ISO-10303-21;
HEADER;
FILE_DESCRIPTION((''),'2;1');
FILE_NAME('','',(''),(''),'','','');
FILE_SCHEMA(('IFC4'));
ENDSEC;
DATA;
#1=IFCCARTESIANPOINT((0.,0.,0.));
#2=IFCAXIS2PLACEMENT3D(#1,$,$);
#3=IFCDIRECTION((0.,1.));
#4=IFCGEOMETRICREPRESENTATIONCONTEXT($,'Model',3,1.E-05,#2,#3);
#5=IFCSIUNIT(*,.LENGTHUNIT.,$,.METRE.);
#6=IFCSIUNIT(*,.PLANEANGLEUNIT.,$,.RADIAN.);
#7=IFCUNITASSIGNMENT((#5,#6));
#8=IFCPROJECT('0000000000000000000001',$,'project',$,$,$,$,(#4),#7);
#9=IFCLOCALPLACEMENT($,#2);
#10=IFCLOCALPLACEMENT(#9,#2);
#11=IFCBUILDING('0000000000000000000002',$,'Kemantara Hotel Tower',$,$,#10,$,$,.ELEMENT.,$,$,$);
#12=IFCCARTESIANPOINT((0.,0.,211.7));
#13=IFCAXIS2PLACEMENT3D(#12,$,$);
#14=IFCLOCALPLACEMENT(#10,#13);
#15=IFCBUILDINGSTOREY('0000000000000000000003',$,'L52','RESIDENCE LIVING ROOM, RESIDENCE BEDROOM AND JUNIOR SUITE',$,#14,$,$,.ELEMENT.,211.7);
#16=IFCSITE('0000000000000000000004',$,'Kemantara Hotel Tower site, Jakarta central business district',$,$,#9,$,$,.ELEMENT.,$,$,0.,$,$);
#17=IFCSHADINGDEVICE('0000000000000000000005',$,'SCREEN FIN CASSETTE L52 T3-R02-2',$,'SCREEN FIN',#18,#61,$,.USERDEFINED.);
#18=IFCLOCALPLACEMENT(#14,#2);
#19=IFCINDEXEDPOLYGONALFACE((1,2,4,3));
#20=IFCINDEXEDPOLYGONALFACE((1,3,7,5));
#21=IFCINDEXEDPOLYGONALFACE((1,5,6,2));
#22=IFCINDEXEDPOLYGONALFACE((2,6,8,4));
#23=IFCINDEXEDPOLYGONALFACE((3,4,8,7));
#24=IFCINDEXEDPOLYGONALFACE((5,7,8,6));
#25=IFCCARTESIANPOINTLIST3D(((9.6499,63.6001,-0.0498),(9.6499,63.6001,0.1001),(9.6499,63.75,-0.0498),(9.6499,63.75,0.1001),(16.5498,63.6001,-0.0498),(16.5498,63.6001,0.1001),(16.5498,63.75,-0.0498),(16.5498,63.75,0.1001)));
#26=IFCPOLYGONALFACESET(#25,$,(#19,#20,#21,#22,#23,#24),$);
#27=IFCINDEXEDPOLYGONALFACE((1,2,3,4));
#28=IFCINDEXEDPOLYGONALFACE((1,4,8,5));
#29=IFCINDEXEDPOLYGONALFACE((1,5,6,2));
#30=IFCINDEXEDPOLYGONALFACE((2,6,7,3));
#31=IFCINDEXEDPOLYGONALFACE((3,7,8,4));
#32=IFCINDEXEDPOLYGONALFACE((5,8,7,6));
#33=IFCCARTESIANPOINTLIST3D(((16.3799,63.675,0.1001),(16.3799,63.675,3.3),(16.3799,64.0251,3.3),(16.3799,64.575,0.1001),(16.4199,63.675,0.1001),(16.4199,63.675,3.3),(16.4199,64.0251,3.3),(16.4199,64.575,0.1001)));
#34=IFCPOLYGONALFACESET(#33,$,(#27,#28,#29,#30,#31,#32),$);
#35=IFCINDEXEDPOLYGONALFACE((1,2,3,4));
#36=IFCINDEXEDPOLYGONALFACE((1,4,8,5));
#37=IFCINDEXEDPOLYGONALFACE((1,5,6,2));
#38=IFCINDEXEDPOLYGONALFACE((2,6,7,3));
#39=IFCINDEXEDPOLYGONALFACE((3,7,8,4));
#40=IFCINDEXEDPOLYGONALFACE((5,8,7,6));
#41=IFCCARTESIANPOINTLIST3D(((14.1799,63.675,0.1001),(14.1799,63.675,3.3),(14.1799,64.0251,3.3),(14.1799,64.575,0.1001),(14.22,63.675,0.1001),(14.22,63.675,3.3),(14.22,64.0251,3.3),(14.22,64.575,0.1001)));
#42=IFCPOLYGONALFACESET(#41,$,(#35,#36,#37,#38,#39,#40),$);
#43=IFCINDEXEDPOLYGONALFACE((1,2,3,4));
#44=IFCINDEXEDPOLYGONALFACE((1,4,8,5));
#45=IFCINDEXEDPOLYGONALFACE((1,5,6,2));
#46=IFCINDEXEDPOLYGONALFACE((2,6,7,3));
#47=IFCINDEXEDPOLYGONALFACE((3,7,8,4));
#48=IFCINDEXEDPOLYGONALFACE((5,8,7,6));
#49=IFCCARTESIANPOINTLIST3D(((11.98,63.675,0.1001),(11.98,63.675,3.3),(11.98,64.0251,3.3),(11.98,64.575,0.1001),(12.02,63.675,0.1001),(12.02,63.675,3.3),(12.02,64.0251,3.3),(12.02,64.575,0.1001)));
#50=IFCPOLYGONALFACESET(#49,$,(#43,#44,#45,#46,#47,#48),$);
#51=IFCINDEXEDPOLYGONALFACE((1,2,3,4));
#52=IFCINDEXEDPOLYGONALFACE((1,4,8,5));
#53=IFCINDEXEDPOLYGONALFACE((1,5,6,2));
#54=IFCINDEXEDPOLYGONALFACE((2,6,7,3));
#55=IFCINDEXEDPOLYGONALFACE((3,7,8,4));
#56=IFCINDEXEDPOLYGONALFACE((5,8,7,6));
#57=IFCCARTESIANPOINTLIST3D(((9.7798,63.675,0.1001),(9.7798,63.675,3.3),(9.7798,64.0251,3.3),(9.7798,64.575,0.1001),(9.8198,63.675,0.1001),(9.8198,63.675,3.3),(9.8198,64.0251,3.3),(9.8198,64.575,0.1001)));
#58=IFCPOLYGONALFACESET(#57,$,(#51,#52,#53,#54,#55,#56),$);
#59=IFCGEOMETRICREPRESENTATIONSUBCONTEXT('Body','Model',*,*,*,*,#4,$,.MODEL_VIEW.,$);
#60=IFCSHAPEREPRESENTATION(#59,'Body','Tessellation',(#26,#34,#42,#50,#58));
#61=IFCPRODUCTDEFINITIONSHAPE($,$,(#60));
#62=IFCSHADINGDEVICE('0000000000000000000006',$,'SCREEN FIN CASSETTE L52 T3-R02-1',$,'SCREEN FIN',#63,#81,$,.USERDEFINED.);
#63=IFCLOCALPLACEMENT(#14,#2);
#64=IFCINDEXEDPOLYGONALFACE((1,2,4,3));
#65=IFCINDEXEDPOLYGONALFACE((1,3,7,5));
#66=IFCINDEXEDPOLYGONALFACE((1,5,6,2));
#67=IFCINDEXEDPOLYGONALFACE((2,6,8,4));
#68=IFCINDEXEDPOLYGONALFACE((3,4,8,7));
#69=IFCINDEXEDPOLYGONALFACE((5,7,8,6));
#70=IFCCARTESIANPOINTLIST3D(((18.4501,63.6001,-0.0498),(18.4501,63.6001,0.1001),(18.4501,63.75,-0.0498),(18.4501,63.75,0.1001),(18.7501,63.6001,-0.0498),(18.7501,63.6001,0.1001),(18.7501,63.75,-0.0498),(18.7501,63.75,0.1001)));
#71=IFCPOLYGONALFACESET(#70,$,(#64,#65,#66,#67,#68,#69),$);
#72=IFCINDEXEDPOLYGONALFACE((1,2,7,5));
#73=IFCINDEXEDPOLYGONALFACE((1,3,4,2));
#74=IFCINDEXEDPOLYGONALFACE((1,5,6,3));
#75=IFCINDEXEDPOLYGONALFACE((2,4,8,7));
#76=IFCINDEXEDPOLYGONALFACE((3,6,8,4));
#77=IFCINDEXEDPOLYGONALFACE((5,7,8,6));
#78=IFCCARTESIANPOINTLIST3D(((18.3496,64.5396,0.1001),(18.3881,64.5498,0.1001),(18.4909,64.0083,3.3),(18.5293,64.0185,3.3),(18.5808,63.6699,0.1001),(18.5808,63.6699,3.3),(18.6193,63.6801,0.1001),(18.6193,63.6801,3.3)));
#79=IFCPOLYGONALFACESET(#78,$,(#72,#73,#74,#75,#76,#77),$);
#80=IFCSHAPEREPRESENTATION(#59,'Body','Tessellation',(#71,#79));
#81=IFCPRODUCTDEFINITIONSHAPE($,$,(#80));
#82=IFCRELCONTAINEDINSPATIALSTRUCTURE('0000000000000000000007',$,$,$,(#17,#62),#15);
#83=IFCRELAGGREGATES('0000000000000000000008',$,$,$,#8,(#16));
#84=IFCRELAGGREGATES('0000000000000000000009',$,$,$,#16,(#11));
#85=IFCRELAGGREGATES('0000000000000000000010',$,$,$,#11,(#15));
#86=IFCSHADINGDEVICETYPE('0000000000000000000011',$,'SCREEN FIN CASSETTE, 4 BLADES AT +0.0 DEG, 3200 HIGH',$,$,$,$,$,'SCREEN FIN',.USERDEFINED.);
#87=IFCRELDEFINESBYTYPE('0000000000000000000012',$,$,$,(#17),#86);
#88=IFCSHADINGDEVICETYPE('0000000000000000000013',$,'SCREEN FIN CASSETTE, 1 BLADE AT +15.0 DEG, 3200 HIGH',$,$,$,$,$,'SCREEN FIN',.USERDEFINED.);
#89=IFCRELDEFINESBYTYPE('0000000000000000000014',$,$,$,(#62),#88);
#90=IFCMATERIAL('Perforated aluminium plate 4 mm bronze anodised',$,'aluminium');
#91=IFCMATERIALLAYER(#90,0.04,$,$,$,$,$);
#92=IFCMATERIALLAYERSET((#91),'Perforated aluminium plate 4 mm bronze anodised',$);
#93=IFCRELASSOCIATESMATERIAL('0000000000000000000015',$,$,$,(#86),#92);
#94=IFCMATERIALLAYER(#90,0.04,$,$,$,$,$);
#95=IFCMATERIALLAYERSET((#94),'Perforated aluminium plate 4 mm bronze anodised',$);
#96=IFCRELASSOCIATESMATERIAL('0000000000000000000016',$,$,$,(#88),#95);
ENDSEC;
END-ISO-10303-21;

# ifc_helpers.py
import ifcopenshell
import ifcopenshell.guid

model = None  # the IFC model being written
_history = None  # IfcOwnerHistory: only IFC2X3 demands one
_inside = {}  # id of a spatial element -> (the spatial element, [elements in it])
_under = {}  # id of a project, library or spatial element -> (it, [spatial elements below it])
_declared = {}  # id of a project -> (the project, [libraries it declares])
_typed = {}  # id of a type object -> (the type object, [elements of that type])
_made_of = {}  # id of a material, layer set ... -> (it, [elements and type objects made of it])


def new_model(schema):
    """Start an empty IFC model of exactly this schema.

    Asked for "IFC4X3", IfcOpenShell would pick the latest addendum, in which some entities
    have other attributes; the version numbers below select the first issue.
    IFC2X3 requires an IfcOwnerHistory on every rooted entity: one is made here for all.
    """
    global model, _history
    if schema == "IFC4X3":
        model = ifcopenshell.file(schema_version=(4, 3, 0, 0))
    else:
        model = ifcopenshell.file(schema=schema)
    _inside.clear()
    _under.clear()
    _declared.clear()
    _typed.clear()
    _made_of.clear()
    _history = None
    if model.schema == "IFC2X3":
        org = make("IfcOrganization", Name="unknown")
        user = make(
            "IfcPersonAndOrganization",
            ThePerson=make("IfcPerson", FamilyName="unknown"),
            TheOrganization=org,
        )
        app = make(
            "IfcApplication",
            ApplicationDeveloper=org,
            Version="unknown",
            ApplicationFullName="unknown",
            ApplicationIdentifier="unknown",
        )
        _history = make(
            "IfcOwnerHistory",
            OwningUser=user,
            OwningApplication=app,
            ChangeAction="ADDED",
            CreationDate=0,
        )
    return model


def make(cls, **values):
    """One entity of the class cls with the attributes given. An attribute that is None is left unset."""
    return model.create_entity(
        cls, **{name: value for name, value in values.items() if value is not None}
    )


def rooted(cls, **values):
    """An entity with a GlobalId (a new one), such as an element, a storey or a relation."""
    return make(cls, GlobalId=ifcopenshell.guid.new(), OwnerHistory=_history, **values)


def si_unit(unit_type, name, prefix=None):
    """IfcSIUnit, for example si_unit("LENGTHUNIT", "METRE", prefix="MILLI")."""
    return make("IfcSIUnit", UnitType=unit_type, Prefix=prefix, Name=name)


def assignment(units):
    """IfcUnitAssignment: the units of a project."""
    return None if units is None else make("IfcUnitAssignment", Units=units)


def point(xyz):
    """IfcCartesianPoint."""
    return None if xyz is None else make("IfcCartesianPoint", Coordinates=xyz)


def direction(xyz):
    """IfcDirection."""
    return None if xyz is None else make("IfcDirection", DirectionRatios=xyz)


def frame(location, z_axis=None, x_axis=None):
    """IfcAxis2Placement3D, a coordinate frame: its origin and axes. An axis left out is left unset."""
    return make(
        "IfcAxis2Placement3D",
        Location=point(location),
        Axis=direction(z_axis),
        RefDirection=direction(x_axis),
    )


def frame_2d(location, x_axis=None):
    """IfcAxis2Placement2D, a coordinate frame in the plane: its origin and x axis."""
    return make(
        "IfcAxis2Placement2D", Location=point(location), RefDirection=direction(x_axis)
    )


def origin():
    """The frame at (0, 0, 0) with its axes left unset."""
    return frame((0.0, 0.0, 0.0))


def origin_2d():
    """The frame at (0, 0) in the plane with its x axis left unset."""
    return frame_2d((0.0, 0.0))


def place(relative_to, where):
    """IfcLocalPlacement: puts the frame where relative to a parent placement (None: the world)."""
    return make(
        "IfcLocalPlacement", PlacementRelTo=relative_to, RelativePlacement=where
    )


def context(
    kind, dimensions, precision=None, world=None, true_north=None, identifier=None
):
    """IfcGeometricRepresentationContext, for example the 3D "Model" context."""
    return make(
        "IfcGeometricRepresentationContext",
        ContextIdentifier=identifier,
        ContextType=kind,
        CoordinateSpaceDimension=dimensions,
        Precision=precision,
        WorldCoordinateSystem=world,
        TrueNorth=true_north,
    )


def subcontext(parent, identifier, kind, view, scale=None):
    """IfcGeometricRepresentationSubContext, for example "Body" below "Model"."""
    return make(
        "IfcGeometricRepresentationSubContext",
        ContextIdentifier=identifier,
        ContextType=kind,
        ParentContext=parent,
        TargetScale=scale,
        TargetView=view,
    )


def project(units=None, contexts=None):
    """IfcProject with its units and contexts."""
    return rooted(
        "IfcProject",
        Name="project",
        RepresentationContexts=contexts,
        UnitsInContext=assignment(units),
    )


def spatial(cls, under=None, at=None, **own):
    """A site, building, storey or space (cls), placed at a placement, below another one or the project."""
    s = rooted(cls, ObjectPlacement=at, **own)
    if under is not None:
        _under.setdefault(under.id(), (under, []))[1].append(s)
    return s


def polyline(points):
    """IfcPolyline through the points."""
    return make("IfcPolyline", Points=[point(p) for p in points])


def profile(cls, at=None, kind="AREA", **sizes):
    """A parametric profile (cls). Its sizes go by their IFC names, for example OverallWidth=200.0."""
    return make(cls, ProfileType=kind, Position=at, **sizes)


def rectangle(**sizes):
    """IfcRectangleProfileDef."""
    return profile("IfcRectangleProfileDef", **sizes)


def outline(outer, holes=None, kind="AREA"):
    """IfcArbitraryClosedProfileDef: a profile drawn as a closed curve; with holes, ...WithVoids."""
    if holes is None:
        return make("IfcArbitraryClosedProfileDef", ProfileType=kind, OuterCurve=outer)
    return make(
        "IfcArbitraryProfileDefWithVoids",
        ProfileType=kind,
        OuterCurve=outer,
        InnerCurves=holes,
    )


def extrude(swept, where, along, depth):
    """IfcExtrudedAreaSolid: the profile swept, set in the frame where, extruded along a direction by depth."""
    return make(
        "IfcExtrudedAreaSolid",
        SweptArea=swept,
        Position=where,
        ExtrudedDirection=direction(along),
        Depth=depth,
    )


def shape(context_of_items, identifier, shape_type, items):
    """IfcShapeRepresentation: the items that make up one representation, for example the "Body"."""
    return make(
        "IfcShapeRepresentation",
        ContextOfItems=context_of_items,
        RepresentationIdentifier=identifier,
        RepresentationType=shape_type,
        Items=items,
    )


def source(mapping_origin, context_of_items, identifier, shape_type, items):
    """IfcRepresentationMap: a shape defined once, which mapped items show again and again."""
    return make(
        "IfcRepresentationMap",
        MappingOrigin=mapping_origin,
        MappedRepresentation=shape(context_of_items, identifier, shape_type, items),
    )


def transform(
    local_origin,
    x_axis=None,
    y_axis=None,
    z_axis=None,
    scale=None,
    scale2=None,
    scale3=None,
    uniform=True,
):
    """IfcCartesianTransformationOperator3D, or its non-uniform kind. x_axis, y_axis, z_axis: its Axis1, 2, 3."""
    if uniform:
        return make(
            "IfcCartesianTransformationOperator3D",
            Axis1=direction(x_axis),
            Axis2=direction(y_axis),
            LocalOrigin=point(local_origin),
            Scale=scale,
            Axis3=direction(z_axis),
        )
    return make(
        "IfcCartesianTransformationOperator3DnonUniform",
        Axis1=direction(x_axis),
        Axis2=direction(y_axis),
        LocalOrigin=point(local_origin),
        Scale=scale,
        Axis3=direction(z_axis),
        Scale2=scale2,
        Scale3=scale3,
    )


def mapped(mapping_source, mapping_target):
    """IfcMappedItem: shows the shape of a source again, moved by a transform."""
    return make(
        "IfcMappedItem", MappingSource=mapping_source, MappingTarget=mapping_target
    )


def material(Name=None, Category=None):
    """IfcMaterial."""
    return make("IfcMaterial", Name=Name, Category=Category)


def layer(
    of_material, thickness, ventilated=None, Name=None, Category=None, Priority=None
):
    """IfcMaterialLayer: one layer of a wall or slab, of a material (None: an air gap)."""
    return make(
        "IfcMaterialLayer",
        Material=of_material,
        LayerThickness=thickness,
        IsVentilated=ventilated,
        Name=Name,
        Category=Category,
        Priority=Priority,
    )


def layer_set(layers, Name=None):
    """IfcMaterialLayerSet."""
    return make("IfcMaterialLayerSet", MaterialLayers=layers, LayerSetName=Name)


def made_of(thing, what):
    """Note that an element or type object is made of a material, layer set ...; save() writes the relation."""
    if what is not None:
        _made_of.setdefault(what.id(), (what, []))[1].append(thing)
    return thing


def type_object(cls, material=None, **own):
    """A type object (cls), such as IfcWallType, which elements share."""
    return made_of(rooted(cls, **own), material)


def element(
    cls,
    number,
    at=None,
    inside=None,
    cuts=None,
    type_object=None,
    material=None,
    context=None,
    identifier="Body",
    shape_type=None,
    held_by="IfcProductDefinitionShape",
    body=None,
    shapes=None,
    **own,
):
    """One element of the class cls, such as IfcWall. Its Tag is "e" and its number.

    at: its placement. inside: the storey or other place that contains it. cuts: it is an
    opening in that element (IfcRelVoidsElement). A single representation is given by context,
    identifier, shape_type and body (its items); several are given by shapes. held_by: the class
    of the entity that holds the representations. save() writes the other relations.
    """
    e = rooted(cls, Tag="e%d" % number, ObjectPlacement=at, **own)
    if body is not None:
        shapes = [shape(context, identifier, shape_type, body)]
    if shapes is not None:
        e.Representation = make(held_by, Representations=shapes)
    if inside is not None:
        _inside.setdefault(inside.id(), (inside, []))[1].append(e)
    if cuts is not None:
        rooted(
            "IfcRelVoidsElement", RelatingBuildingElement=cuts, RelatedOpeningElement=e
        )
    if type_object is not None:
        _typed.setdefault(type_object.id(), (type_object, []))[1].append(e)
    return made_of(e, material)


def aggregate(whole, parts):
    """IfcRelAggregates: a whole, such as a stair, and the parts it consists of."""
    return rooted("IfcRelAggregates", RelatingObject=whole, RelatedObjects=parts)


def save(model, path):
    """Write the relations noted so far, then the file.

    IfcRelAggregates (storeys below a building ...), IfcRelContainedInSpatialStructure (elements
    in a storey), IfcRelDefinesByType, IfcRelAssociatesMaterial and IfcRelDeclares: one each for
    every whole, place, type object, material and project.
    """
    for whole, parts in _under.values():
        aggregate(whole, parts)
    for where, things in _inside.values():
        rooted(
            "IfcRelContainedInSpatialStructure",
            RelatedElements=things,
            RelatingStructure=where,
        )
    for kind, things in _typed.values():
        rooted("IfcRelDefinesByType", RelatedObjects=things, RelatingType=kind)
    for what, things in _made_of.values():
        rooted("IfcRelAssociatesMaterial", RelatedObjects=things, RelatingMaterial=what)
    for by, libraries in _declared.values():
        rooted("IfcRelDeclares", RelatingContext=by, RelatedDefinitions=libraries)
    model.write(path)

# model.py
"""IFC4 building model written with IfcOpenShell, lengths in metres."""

from ifc_helpers import new_model, si_unit, direction, frame, origin, origin_2d, place, context, subcontext, project, spatial, polyline, rectangle, outline, extrude, source, transform, mapped, material, layer, layer_set, type_object, element, save


model = new_model("IFC4")

# Units and contexts
model_context = context("Model", 3, precision=1e-05, world=origin(), true_north=direction((0.0, 1.0)))
body_context = subcontext(model_context, "Body", "Model", "MODEL_VIEW")
ifc_project = project(units=[si_unit("LENGTHUNIT", "METRE"), si_unit("PLANEANGLEUNIT", "RADIAN")], contexts=[model_context])

# Site, building, storey
site_placement = place(None, origin())
site = spatial("IfcSite", under=ifc_project, at=site_placement, Name="Kemantara Hotel Tower site, Jakarta central business district", CompositionType="ELEMENT", RefElevation=0.0)
building_placement = place(site_placement, origin())
building = spatial("IfcBuilding", under=site, at=building_placement, Name="Kemantara Hotel Tower", CompositionType="ELEMENT")
storey_placement = place(building_placement, frame((0.0, 0.0, 211.7)))
storey = spatial("IfcBuildingStorey", under=building, at=storey_placement, Name="L52", Description="RESIDENCE LIVING ROOM, RESIDENCE BEDROOM AND JUNIOR SUITE", CompositionType="ELEMENT", Elevation=211.7)

# Shading devices
ifc_material_1 = material(Name="Perforated aluminium plate 4 mm bronze anodised", Category="aluminium")
ifc_layer_1 = layer(ifc_material_1, 0.04)
ifc_layer_set_1 = layer_set([ifc_layer_1], Name="Perforated aluminium plate 4 mm bronze anodised")
shading_device_type_1 = type_object("IfcShadingDeviceType", Name="SCREEN FIN CASSETTE, 4 BLADES AT +0.0 DEG, 3200 HIGH", ElementType="SCREEN FIN", PredefinedType="USERDEFINED", material=ifc_layer_set_1)
shared_shape_1 = source(origin(), body_context, "Body", "SweptSolid", [
    extrude(rectangle(XDim=6.8999, YDim=0.1499, at=origin_2d()), frame((3.3, -0.075, -0.1499), z_axis=(0.0, 0.0, 1.0), x_axis=(1.0, 0.0, 0.0)), (0.0, 0.0, 1.0), 0.1499),
    extrude(outline(polyline([(0.0, 0.0), (0.8999, 0.0), (0.3501, 3.2), (0.0, 3.2), (0.0, 0.0)])), frame((0.02, -0.075, 0.0), z_axis=(-1.0, 0.0, 0.0), x_axis=(0.0, -1.0, 0.0)), (0.0, 0.0, 1.0), 0.04),
    extrude(outline(polyline([(0.0, 0.0), (0.8999, 0.0), (0.3501, 3.2), (0.0, 3.2), (0.0, 0.0)])), frame((2.22, -0.075, 0.0), z_axis=(-1.0, 0.0, 0.0), x_axis=(0.0, -1.0, 0.0)), (0.0, 0.0, 1.0), 0.04),
    extrude(outline(polyline([(0.0, 0.0), (0.8999, 0.0), (0.3501, 3.2), (0.0, 3.2), (0.0, 0.0)])), frame((4.4199, -0.075, 0.0), z_axis=(-1.0, 0.0, 0.0), x_axis=(0.0, -1.0, 0.0)), (0.0, 0.0, 1.0), 0.04),
    extrude(outline(polyline([(0.0, 0.0), (0.8999, 0.0), (0.3501, 3.2), (0.0, 3.2), (0.0, 0.0)])), frame((6.6201, -0.075, 0.0), z_axis=(-1.0, 0.0, 0.0), x_axis=(0.0, -1.0, 0.0)), (0.0, 0.0, 1.0), 0.04),
])
shading_device_1_placement = place(storey_placement, frame((16.3999, 63.6001, 0.1001), z_axis=(0.0, 0.0, 1.0), x_axis=(-1.0, 0.0, 0.0)))
element("IfcShadingDevice", 1, at=shading_device_1_placement, inside=storey, type_object=shading_device_type_1, Name="SCREEN FIN CASSETTE L52 T3-R02-2", ObjectType="SCREEN FIN", PredefinedType="USERDEFINED", context=body_context, shape_type="MappedRepresentation", body=[
    mapped(shared_shape_1, transform((0.0, 0.0, 0.0))),
])
ifc_layer_2 = layer(ifc_material_1, 0.04)
ifc_layer_set_2 = layer_set([ifc_layer_2], Name="Perforated aluminium plate 4 mm bronze anodised")
shading_device_type_2 = type_object("IfcShadingDeviceType", Name="SCREEN FIN CASSETTE, 1 BLADE AT +15.0 DEG, 3200 HIGH", ElementType="SCREEN FIN", PredefinedType="USERDEFINED", material=ifc_layer_set_2)
shared_shape_2 = source(origin(), body_context, "Body", "SweptSolid", [
    extrude(rectangle(XDim=0.3, YDim=0.1499, at=origin_2d()), frame((0.0, -0.075, -0.1499), z_axis=(0.0, 0.0, 1.0), x_axis=(1.0, 0.0, 0.0)), (0.0, 0.0, 1.0), 0.1499),
    extrude(outline(polyline([(0.0, 0.0), (0.8999, 0.0), (0.3501, 3.2), (0.0, 3.2), (0.0, 0.0)])), frame((0.0193, -0.0698, 0.0), z_axis=(-0.966438, -0.256901, 0.0), x_axis=(0.256901, -0.966438, 0.0)), (0.0, 0.0, 1.0), 0.0398),
])
shading_device_2_placement = place(storey_placement, frame((18.6001, 63.6001, 0.1001), z_axis=(0.0, 0.0, 1.0), x_axis=(-1.0, 0.0, 0.0)))
element("IfcShadingDevice", 2, at=shading_device_2_placement, inside=storey, type_object=shading_device_type_2, Name="SCREEN FIN CASSETTE L52 T3-R02-1", ObjectType="SCREEN FIN", PredefinedType="USERDEFINED", context=body_context, shape_type="MappedRepresentation", body=[
    mapped(shared_shape_2, transform((0.0, 0.0, 0.0))),
])

save(model, "model.ifc")
